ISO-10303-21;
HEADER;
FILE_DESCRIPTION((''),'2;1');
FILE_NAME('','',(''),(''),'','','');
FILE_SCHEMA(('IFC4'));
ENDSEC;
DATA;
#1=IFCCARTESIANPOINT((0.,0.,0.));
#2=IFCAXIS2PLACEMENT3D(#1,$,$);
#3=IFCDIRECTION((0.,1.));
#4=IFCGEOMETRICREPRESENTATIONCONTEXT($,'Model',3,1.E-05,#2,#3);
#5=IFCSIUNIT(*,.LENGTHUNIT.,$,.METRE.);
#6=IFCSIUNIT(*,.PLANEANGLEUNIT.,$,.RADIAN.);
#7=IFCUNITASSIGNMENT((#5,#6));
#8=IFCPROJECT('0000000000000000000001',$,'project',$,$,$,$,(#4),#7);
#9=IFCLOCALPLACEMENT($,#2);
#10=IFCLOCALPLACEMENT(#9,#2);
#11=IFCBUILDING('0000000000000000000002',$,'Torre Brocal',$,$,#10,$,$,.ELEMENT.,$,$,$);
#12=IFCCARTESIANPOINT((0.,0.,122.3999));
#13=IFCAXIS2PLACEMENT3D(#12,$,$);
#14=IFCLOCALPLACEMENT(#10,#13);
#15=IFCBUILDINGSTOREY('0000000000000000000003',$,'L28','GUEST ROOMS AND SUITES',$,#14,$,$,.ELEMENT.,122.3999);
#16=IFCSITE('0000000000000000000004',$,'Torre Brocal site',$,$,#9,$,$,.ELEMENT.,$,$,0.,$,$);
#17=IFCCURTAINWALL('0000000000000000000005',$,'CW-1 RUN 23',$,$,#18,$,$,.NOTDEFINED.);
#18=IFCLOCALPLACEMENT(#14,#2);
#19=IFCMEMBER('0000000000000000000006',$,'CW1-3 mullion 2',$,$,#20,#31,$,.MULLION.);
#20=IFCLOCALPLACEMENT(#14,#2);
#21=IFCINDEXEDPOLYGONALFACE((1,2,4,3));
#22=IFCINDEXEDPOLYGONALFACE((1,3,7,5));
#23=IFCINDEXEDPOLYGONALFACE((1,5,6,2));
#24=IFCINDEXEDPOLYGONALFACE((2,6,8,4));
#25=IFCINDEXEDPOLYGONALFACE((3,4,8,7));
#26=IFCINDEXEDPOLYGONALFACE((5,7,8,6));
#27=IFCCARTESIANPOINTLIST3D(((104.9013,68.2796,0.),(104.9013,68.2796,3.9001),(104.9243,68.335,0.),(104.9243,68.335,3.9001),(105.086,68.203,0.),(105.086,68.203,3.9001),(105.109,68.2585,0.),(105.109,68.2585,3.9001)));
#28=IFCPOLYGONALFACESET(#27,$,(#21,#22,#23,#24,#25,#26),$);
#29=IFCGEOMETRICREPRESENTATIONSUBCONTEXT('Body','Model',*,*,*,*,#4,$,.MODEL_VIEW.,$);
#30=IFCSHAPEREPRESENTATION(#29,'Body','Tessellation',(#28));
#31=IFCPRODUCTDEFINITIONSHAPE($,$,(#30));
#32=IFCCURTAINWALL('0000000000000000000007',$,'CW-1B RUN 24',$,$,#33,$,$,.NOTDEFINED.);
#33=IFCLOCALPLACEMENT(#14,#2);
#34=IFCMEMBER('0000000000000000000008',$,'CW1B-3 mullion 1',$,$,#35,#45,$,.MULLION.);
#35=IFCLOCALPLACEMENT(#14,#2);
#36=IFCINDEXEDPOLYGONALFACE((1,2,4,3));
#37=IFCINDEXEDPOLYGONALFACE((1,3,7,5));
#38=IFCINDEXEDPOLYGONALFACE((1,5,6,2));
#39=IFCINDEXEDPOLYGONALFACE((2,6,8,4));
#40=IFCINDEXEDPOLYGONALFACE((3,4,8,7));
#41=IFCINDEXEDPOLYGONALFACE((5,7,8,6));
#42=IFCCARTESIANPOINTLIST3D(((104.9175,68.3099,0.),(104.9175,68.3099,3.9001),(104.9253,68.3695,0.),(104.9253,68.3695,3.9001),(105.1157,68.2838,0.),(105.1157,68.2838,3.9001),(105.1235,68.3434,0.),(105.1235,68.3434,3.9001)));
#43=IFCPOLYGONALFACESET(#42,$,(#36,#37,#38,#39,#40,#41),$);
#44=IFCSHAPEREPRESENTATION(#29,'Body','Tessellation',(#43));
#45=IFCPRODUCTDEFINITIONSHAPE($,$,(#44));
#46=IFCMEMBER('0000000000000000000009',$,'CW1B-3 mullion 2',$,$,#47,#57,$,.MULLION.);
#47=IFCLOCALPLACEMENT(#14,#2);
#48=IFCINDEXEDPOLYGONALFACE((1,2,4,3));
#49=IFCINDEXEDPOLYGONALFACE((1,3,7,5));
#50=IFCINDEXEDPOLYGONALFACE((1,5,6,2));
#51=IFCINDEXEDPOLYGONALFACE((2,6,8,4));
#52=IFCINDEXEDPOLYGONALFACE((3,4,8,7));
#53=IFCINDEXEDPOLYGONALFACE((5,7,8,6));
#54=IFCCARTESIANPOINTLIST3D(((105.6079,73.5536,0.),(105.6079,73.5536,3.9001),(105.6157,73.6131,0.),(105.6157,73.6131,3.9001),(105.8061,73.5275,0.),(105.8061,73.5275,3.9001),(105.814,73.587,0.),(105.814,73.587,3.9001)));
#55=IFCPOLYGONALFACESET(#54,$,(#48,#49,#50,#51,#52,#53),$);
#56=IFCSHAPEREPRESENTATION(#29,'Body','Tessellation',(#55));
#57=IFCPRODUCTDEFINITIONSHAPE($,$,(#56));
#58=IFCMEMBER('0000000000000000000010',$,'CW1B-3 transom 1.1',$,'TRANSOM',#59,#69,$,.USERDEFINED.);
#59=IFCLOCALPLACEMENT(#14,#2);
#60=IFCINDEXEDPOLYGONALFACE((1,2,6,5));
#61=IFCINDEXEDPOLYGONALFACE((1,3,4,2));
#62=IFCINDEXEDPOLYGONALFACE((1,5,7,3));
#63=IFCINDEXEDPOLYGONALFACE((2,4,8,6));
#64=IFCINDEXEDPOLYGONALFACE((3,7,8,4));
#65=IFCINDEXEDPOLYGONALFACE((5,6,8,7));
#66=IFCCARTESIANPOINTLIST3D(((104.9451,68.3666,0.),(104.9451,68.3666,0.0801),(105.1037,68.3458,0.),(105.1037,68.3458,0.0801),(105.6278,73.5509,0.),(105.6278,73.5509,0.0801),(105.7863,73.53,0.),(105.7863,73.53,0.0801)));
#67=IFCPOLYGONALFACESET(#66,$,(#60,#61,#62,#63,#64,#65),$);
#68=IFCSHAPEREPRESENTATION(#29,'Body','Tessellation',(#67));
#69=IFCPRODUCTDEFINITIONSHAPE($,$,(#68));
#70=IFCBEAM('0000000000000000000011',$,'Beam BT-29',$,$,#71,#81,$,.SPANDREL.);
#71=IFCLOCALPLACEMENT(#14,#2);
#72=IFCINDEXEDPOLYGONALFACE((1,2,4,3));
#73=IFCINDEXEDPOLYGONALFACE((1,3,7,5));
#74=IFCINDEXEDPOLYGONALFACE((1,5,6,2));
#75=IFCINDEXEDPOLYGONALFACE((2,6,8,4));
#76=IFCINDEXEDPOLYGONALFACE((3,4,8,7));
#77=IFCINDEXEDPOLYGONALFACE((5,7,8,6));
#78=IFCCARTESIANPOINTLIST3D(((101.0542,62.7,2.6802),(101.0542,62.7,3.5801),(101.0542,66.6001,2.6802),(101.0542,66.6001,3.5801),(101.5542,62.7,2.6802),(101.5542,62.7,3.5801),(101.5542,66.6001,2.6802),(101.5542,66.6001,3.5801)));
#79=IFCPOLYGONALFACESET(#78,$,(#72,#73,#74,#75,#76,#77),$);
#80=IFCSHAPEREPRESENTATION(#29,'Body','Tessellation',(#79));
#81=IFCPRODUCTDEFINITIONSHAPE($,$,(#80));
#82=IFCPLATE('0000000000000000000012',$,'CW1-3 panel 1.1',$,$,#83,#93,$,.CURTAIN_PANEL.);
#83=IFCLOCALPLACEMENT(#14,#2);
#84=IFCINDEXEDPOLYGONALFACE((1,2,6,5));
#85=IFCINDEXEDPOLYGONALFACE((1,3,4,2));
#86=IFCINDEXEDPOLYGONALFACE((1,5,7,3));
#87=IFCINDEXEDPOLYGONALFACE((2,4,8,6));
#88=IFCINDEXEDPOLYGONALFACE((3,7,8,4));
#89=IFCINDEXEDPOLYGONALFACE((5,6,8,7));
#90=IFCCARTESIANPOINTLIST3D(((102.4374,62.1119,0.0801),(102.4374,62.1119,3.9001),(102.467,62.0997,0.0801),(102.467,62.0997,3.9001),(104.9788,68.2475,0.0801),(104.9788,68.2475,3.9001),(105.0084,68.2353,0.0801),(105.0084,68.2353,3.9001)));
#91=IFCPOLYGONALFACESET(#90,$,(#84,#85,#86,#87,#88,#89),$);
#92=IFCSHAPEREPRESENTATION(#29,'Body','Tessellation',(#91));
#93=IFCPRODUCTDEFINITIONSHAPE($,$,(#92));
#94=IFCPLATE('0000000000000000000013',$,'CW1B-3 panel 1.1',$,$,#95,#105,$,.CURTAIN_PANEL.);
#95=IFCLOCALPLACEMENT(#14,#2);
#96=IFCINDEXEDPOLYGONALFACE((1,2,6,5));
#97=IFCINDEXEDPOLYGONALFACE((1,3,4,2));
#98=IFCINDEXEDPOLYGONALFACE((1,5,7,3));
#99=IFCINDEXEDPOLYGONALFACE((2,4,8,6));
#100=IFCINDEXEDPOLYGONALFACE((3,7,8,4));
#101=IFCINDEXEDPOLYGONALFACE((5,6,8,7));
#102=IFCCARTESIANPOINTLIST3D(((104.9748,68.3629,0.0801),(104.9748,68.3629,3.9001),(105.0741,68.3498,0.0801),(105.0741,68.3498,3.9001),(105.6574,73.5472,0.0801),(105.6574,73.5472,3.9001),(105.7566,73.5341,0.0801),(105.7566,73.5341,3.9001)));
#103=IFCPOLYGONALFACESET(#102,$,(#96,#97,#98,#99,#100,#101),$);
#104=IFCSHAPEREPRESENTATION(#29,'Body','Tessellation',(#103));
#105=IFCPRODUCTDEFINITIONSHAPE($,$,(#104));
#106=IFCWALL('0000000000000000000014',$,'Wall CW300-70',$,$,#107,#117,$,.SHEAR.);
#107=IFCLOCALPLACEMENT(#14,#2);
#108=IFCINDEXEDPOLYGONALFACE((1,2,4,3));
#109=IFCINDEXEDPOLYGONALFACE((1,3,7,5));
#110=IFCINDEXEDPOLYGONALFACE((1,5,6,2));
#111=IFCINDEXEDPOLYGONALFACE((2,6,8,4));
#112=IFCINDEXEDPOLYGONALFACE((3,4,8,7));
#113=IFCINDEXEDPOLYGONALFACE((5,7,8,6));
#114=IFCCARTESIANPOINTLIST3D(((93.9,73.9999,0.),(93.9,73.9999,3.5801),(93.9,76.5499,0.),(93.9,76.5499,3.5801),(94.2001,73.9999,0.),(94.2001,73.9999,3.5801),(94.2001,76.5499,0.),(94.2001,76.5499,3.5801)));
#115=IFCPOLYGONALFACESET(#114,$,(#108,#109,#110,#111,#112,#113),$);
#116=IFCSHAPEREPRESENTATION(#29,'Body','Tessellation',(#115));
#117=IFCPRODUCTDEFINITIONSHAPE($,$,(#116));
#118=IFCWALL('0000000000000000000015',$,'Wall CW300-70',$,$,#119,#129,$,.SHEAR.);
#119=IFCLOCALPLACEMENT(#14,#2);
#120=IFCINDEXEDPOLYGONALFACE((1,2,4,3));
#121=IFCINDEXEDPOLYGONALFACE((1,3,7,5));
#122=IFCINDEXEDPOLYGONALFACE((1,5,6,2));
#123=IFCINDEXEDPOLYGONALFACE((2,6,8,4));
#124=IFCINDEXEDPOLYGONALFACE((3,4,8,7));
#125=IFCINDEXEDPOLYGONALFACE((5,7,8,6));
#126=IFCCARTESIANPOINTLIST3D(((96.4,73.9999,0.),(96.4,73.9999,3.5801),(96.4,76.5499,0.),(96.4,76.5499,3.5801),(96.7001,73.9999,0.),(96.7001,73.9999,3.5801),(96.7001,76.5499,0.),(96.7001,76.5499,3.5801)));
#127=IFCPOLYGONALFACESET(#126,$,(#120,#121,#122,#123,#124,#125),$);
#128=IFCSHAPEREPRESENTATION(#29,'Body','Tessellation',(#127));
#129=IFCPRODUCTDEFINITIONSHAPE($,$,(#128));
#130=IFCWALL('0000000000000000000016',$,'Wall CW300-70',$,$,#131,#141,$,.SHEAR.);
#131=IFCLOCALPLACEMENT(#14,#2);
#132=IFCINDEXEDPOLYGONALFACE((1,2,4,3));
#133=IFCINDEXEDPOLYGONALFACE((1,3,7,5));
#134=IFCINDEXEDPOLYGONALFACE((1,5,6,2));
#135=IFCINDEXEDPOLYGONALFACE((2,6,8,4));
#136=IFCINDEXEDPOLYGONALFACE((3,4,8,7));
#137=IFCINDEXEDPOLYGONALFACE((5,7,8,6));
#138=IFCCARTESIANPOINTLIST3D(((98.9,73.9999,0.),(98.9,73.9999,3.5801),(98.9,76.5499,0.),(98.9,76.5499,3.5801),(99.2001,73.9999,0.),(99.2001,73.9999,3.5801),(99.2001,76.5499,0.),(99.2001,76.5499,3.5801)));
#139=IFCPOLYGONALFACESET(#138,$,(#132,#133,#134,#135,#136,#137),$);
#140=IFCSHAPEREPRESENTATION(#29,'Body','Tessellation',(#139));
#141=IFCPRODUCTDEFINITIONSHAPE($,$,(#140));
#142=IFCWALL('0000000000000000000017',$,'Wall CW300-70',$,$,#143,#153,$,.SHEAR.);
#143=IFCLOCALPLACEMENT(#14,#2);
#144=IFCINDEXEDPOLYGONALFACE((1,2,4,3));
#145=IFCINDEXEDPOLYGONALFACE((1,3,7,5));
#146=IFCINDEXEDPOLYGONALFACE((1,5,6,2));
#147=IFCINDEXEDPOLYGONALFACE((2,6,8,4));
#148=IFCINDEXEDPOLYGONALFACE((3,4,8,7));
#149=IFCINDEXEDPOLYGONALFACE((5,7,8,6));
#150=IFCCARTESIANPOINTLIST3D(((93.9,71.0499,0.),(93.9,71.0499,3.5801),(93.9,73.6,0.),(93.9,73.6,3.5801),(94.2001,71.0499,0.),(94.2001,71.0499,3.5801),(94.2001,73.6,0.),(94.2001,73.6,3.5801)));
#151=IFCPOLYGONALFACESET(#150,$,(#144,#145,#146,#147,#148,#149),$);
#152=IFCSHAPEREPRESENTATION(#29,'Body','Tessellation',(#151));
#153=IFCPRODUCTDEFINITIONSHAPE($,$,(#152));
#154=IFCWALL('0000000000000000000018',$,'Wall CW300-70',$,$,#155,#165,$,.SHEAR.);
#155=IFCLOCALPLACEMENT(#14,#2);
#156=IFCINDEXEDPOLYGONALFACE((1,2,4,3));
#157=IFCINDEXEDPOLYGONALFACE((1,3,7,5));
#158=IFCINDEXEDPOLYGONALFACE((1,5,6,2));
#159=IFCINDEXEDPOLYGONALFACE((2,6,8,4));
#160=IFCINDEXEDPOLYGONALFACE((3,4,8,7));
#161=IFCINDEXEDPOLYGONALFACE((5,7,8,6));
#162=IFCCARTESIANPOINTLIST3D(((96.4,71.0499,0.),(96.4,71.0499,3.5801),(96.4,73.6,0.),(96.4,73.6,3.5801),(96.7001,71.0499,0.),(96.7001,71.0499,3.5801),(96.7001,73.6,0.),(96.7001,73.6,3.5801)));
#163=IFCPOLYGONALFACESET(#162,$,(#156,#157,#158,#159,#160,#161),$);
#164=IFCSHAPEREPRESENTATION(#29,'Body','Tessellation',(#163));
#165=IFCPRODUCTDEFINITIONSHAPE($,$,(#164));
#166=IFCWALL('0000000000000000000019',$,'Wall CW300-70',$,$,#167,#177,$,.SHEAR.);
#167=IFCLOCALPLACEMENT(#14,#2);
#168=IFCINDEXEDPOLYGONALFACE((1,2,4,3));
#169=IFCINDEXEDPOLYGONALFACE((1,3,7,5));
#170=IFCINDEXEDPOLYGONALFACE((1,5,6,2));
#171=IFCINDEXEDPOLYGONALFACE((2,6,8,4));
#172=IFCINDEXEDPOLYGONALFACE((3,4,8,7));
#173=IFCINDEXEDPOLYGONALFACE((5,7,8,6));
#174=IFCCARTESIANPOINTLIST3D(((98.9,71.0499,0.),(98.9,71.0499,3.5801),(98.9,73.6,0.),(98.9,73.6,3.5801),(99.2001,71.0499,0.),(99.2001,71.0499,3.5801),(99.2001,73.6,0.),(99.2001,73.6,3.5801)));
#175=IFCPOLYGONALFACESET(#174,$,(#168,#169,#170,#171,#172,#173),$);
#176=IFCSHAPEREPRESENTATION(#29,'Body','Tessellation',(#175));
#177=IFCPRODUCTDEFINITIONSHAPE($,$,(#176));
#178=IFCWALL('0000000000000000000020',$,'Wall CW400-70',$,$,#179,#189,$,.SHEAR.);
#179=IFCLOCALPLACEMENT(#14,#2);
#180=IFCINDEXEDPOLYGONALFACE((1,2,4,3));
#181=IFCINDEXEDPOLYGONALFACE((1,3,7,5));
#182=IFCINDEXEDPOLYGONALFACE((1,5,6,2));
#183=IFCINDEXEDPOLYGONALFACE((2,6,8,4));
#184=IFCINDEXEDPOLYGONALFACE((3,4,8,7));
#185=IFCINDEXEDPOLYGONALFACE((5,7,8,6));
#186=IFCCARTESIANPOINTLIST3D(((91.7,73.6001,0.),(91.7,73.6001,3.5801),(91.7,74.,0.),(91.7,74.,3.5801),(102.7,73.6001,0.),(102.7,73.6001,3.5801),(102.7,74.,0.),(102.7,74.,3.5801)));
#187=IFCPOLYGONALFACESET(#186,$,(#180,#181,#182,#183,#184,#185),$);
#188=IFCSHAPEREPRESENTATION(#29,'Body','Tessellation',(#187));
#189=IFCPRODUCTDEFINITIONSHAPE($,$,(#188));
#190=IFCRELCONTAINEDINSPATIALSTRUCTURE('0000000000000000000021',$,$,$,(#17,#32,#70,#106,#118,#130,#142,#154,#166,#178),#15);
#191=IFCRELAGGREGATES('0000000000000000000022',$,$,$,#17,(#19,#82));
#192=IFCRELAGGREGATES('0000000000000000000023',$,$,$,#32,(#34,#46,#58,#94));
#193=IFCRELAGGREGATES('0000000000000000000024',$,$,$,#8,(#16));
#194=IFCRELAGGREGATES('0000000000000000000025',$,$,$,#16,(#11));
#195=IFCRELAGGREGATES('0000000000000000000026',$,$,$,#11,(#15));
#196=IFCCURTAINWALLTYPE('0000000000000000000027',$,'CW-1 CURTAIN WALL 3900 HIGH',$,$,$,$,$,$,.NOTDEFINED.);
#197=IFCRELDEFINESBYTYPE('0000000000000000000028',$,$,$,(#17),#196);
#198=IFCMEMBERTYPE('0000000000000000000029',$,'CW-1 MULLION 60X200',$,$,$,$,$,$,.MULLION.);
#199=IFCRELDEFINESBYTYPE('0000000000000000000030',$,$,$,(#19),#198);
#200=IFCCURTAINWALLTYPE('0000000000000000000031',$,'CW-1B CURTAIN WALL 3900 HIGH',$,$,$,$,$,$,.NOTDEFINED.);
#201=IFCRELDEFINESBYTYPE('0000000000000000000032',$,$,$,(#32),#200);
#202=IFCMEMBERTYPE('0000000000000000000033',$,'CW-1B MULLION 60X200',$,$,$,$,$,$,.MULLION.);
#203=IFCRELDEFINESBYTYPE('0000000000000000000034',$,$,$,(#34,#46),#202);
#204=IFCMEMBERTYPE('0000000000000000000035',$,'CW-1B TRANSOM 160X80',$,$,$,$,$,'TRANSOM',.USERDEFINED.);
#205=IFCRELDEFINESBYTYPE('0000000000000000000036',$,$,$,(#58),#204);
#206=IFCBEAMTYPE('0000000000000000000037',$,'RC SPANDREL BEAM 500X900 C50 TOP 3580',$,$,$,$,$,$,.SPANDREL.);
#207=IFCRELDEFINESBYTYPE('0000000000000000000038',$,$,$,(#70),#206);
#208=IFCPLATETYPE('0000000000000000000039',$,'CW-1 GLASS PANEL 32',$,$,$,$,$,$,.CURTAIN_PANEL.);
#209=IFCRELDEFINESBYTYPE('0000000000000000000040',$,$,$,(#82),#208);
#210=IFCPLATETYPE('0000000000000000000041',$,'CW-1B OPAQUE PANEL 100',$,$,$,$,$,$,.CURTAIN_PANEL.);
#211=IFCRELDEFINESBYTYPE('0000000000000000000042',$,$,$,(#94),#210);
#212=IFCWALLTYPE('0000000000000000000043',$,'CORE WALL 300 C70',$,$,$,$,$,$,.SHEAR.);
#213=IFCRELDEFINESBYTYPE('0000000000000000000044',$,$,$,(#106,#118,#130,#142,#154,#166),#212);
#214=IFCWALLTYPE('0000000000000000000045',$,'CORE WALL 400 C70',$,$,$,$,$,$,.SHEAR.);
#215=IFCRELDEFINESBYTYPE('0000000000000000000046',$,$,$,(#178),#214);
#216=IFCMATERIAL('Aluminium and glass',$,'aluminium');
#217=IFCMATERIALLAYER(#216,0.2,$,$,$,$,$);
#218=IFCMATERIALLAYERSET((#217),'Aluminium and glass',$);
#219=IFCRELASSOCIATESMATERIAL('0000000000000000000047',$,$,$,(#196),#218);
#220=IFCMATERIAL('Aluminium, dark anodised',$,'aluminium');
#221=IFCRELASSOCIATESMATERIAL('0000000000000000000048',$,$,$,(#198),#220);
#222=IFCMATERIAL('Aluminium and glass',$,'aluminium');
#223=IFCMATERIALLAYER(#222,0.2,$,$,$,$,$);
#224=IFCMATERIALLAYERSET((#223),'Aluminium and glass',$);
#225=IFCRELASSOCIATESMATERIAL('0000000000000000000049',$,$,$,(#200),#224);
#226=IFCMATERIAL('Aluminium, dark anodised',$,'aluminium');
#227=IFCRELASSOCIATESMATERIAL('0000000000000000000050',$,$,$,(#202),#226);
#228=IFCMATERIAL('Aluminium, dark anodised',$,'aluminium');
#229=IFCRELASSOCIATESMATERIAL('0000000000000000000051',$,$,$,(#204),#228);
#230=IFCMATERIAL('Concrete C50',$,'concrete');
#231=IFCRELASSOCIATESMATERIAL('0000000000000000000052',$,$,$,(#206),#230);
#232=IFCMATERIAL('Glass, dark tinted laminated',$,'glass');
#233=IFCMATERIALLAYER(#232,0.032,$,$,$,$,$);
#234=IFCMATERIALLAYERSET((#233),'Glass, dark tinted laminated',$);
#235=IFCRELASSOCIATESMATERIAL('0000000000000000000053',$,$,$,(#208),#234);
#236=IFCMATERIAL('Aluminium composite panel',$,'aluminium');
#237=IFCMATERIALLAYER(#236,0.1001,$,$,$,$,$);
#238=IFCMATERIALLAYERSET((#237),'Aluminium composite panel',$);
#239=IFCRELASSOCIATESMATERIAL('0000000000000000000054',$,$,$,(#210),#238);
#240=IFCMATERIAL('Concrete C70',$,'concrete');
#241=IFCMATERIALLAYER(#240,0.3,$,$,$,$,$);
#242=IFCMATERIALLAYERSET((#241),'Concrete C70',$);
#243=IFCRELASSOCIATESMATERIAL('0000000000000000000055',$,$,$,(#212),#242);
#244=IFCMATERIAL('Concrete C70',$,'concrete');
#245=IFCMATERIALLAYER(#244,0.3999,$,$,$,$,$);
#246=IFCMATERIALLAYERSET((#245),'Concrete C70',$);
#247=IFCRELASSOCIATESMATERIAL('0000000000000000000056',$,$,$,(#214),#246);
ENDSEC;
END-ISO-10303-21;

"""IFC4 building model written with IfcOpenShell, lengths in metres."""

from ifc_helpers import new_model, si_unit, direction, frame, frame_2d, origin, origin_2d, place, context, subcontext, project, spatial, rectangle, extrude, material, layer, layer_set, material_profile, profile_set, type_object, element, aggregate, save


model = new_model("IFC4")

# Units and contexts
model_context = context("Model", 3, precision=1e-05, world=origin(), true_north=direction((0.0, 1.0)))
body_context = subcontext(model_context, "Body", "Model", "MODEL_VIEW")
ifc_project = project(units=[si_unit("LENGTHUNIT", "METRE"), si_unit("PLANEANGLEUNIT", "RADIAN")], contexts=[model_context])

# Site, building, storey
site_placement = place(None, origin())
site = spatial("IfcSite", under=ifc_project, at=site_placement, Name="Torre Brocal site", CompositionType="ELEMENT", RefElevation=0.0)
building_placement = place(site_placement, origin())
building = spatial("IfcBuilding", under=site, at=building_placement, Name="Torre Brocal", CompositionType="ELEMENT")
storey_placement = place(building_placement, frame((0.0, 0.0, 122.3999)))
storey = spatial("IfcBuildingStorey", under=building, at=storey_placement, Name="L28", Description="GUEST ROOMS AND SUITES", CompositionType="ELEMENT", Elevation=122.3999)

# Curtain wall, member
ifc_material_1 = material(Name="Aluminium and glass", Category="aluminium")
ifc_layer_1 = layer(ifc_material_1, 0.2)
ifc_layer_set_1 = layer_set([ifc_layer_1], Name="Aluminium and glass")
curtain_wall_type_1 = type_object("IfcCurtainWallType", Name="CW-1 CURTAIN WALL 3900 HIGH", PredefinedType="NOTDEFINED", material=ifc_layer_set_1)
curtain_wall_1_placement = place(storey_placement, origin())
curtain_wall_1 = element("IfcCurtainWall", 1, at=curtain_wall_1_placement, inside=storey, type_object=curtain_wall_type_1, Name="CW-1 RUN 23", PredefinedType="NOTDEFINED")
ifc_material_2 = material(Name="Aluminium, dark anodised", Category="aluminium")
ifc_material_profile_1 = material_profile(ifc_material_2, rectangle(XDim=0.2, YDim=0.0601, at=origin_2d()), Name="CW-1 MULLION 60X200")
ifc_profile_set_1 = profile_set([ifc_material_profile_1], Name="Aluminium, dark anodised")
member_type_1 = type_object("IfcMemberType", Name="CW-1 MULLION 60X200", PredefinedType="MULLION", material=ifc_profile_set_1)
member_1_placement = place(storey_placement, frame((105.0051, 68.269, 0.0), z_axis=(0.0, 0.0, 1.0), x_axis=(-0.92388, 0.382683, 0.0)))
member_1 = element("IfcMember", 2, at=member_1_placement, type_object=member_type_1, Name="CW1-3 mullion 2", PredefinedType="MULLION", context=body_context, shape_type="SweptSolid", body=[
    extrude(rectangle(XDim=0.2, YDim=0.0601, at=origin_2d()), origin(), (0.0, 0.0, 1.0), 3.9001),
])

# Curtain wall, members
ifc_material_3 = material(Name="Aluminium and glass", Category="aluminium")
ifc_layer_2 = layer(ifc_material_3, 0.2)
ifc_layer_set_2 = layer_set([ifc_layer_2], Name="Aluminium and glass")
curtain_wall_type_2 = type_object("IfcCurtainWallType", Name="CW-1B CURTAIN WALL 3900 HIGH", PredefinedType="NOTDEFINED", material=ifc_layer_set_2)
curtain_wall_2_placement = place(storey_placement, origin())
curtain_wall_2 = element("IfcCurtainWall", 3, at=curtain_wall_2_placement, inside=storey, type_object=curtain_wall_type_2, Name="CW-1B RUN 24", PredefinedType="NOTDEFINED")
ifc_material_4 = material(Name="Aluminium, dark anodised", Category="aluminium")
ifc_material_profile_2 = material_profile(ifc_material_4, rectangle(XDim=0.2, YDim=0.0601, at=origin_2d()), Name="CW-1B MULLION 60X200")
ifc_profile_set_2 = profile_set([ifc_material_profile_2], Name="Aluminium, dark anodised")
member_type_2 = type_object("IfcMemberType", Name="CW-1B MULLION 60X200", PredefinedType="MULLION", material=ifc_profile_set_2)
member_2_placement = place(storey_placement, frame((105.0205, 68.3267, 0.0), z_axis=(0.0, 0.0, 1.0), x_axis=(-0.991445, 0.130526, 0.0)))
member_2 = element("IfcMember", 4, at=member_2_placement, type_object=member_type_2, Name="CW1B-3 mullion 1", PredefinedType="MULLION", context=body_context, shape_type="SweptSolid", body=[
    extrude(rectangle(XDim=0.2, YDim=0.0601, at=origin_2d()), origin(), (0.0, 0.0, 1.0), 3.9001),
])
member_3_placement = place(storey_placement, frame((105.7109, 73.5703, 0.0), z_axis=(0.0, 0.0, 1.0), x_axis=(-0.991445, 0.130526, 0.0)))
member_3 = element("IfcMember", 5, at=member_3_placement, type_object=member_type_2, Name="CW1B-3 mullion 2", PredefinedType="MULLION", context=body_context, shape_type="SweptSolid", body=[
    extrude(rectangle(XDim=0.2, YDim=0.0601, at=origin_2d()), origin(), (0.0, 0.0, 1.0), 3.9001),
])
ifc_material_5 = material(Name="Aluminium, dark anodised", Category="aluminium")
ifc_material_profile_3 = material_profile(ifc_material_5, rectangle(XDim=0.1599, YDim=0.0801, at=origin_2d()), Name="CW-1B TRANSOM 160X80")
ifc_profile_set_3 = profile_set([ifc_material_profile_3], Name="Aluminium, dark anodised")
member_type_3 = type_object("IfcMemberType", Name="CW-1B TRANSOM 160X80", ElementType="TRANSOM", PredefinedType="USERDEFINED", material=ifc_profile_set_3)
member_4_placement = place(storey_placement, frame((105.0244, 68.3562, 0.04), z_axis=(0.130543, 0.991443, 0.0), x_axis=(-0.991443, 0.130543, 0.0)))
member_4 = element("IfcMember", 6, at=member_4_placement, type_object=member_type_3, Name="CW1B-3 transom 1.1", ObjectType="TRANSOM", PredefinedType="USERDEFINED", context=body_context, shape_type="SweptSolid", body=[
    extrude(rectangle(XDim=0.1599, YDim=0.0801, at=origin_2d()), origin(), (0.0, 0.0, 1.0), 5.229),
])

# Beam
ifc_material_6 = material(Name="Concrete C50", Category="concrete")
ifc_material_profile_4 = material_profile(ifc_material_6, rectangle(XDim=0.5, YDim=0.8999, at=origin_2d()), Name="RC 500X900")
ifc_profile_set_4 = profile_set([ifc_material_profile_4], Name="Concrete C50")
beam_type = type_object("IfcBeamType", Name="RC SPANDREL BEAM 500X900 C50 TOP 3580", PredefinedType="SPANDREL", material=ifc_profile_set_4)
beam_placement = place(storey_placement, frame((101.3042, 62.7, 3.1301), z_axis=(0.0, 1.0, 0.0), x_axis=(-1.0, 0.0, 0.0)))
element("IfcBeam", 7, at=beam_placement, inside=storey, type_object=beam_type, Name="Beam BT-29", PredefinedType="SPANDREL", context=body_context, shape_type="SweptSolid", body=[
    extrude(rectangle(XDim=0.5, YDim=0.8999, at=origin_2d()), origin(), (0.0, 0.0, 1.0), 3.9001),
])

# Plates
ifc_material_7 = material(Name="Glass, dark tinted laminated", Category="glass")
ifc_layer_3 = layer(ifc_material_7, 0.032)
ifc_layer_set_3 = layer_set([ifc_layer_3], Name="Glass, dark tinted laminated")
plate_type_1 = type_object("IfcPlateType", Name="CW-1 GLASS PANEL 32", PredefinedType="CURTAIN_PANEL", material=ifc_layer_set_3)
plate_1_placement = place(storey_placement, frame((103.7229, 65.1736, 0.0801), z_axis=(0.0, 0.0, 1.0), x_axis=(0.382683, 0.92388, 0.0)))
plate_1 = element("IfcPlate", 8, at=plate_1_placement, type_object=plate_type_1, Name="CW1-3 panel 1.1", PredefinedType="CURTAIN_PANEL", context=body_context, shape_type="SweptSolid", body=[
    extrude(rectangle(XDim=6.6411, YDim=0.032, at=origin_2d()), origin(), (0.0, 0.0, 1.0), 3.8201),
])
aggregate(curtain_wall_1, [member_1, plate_1])
ifc_material_8 = material(Name="Aluminium composite panel", Category="aluminium")
ifc_layer_4 = layer(ifc_material_8, 0.1001)
ifc_layer_set_4 = layer_set([ifc_layer_4], Name="Aluminium composite panel")
plate_type_2 = type_object("IfcPlateType", Name="CW-1B OPAQUE PANEL 100", PredefinedType="CURTAIN_PANEL", material=ifc_layer_set_4)
plate_2_placement = place(storey_placement, frame((105.3657, 70.9485, 0.0801), z_axis=(0.0, 0.0, 1.0), x_axis=(0.130526, 0.991445, 0.0)))
plate_2 = element("IfcPlate", 9, at=plate_2_placement, type_object=plate_type_2, Name="CW1B-3 panel 1.1", PredefinedType="CURTAIN_PANEL", context=body_context, shape_type="SweptSolid", body=[
    extrude(rectangle(XDim=5.229, YDim=0.1001, at=origin_2d()), origin(), (0.0, 0.0, 1.0), 3.8201),
])
aggregate(curtain_wall_2, [member_2, member_3, member_4, plate_2])

# Walls
ifc_material_9 = material(Name="Concrete C70", Category="concrete")
ifc_layer_5 = layer(ifc_material_9, 0.3)
ifc_layer_set_5 = layer_set([ifc_layer_5], Name="Concrete C70")
wall_type_1 = type_object("IfcWallType", Name="CORE WALL 300 C70", PredefinedType="SHEAR", material=ifc_layer_set_5)
for number, where, z_axis, x_axis, name in (
    (10, (94.05, 74.0, 0.0), (0.0, 0.0, 1.0), (0.0, 1.0, 0.0), "Wall CW300-70"),
    (11, (96.55, 74.0, 0.0), (0.0, 0.0, 1.0), (0.0, 1.0, 0.0), "Wall CW300-70"),
    (12, (99.05, 74.0, 0.0), (0.0, 0.0, 1.0), (0.0, 1.0, 0.0), "Wall CW300-70"),
    (13, (94.05, 71.05, 0.0), (0.0, 0.0, 1.0), (0.0, 1.0, 0.0), "Wall CW300-70"),
    (14, (96.55, 71.05, 0.0), (0.0, 0.0, 1.0), (0.0, 1.0, 0.0), "Wall CW300-70"),
    (15, (99.05, 71.05, 0.0), (0.0, 0.0, 1.0), (0.0, 1.0, 0.0), "Wall CW300-70"),
):
    element("IfcWall", number, at=place(storey_placement, frame(where, z_axis=z_axis, x_axis=x_axis)), inside=storey, type_object=wall_type_1, Name=name, PredefinedType="SHEAR", context=body_context, shape_type="SweptSolid", body=[
        extrude(rectangle(XDim=2.55, YDim=0.3, at=frame_2d((1.2749, 0.0))), origin(), (0.0, 0.0, 1.0), 3.5801),
    ])
ifc_material_10 = material(Name="Concrete C70", Category="concrete")
ifc_layer_6 = layer(ifc_material_10, 0.3999)
ifc_layer_set_6 = layer_set([ifc_layer_6], Name="Concrete C70")
wall_type_2 = type_object("IfcWallType", Name="CORE WALL 400 C70", PredefinedType="SHEAR", material=ifc_layer_set_6)
wall_1_placement = place(storey_placement, frame((91.7, 73.8, 0.0), z_axis=(0.0, 0.0, 1.0), x_axis=(1.0, 0.0, 0.0)))
element("IfcWall", 16, at=wall_1_placement, inside=storey, type_object=wall_type_2, Name="Wall CW400-70", PredefinedType="SHEAR", context=body_context, shape_type="SweptSolid", body=[
    extrude(rectangle(XDim=11.0, YDim=0.3999, at=frame_2d((5.5, 0.0))), origin(), (0.0, 0.0, 1.0), 3.5801),
])

save(model, "model.ifc")
